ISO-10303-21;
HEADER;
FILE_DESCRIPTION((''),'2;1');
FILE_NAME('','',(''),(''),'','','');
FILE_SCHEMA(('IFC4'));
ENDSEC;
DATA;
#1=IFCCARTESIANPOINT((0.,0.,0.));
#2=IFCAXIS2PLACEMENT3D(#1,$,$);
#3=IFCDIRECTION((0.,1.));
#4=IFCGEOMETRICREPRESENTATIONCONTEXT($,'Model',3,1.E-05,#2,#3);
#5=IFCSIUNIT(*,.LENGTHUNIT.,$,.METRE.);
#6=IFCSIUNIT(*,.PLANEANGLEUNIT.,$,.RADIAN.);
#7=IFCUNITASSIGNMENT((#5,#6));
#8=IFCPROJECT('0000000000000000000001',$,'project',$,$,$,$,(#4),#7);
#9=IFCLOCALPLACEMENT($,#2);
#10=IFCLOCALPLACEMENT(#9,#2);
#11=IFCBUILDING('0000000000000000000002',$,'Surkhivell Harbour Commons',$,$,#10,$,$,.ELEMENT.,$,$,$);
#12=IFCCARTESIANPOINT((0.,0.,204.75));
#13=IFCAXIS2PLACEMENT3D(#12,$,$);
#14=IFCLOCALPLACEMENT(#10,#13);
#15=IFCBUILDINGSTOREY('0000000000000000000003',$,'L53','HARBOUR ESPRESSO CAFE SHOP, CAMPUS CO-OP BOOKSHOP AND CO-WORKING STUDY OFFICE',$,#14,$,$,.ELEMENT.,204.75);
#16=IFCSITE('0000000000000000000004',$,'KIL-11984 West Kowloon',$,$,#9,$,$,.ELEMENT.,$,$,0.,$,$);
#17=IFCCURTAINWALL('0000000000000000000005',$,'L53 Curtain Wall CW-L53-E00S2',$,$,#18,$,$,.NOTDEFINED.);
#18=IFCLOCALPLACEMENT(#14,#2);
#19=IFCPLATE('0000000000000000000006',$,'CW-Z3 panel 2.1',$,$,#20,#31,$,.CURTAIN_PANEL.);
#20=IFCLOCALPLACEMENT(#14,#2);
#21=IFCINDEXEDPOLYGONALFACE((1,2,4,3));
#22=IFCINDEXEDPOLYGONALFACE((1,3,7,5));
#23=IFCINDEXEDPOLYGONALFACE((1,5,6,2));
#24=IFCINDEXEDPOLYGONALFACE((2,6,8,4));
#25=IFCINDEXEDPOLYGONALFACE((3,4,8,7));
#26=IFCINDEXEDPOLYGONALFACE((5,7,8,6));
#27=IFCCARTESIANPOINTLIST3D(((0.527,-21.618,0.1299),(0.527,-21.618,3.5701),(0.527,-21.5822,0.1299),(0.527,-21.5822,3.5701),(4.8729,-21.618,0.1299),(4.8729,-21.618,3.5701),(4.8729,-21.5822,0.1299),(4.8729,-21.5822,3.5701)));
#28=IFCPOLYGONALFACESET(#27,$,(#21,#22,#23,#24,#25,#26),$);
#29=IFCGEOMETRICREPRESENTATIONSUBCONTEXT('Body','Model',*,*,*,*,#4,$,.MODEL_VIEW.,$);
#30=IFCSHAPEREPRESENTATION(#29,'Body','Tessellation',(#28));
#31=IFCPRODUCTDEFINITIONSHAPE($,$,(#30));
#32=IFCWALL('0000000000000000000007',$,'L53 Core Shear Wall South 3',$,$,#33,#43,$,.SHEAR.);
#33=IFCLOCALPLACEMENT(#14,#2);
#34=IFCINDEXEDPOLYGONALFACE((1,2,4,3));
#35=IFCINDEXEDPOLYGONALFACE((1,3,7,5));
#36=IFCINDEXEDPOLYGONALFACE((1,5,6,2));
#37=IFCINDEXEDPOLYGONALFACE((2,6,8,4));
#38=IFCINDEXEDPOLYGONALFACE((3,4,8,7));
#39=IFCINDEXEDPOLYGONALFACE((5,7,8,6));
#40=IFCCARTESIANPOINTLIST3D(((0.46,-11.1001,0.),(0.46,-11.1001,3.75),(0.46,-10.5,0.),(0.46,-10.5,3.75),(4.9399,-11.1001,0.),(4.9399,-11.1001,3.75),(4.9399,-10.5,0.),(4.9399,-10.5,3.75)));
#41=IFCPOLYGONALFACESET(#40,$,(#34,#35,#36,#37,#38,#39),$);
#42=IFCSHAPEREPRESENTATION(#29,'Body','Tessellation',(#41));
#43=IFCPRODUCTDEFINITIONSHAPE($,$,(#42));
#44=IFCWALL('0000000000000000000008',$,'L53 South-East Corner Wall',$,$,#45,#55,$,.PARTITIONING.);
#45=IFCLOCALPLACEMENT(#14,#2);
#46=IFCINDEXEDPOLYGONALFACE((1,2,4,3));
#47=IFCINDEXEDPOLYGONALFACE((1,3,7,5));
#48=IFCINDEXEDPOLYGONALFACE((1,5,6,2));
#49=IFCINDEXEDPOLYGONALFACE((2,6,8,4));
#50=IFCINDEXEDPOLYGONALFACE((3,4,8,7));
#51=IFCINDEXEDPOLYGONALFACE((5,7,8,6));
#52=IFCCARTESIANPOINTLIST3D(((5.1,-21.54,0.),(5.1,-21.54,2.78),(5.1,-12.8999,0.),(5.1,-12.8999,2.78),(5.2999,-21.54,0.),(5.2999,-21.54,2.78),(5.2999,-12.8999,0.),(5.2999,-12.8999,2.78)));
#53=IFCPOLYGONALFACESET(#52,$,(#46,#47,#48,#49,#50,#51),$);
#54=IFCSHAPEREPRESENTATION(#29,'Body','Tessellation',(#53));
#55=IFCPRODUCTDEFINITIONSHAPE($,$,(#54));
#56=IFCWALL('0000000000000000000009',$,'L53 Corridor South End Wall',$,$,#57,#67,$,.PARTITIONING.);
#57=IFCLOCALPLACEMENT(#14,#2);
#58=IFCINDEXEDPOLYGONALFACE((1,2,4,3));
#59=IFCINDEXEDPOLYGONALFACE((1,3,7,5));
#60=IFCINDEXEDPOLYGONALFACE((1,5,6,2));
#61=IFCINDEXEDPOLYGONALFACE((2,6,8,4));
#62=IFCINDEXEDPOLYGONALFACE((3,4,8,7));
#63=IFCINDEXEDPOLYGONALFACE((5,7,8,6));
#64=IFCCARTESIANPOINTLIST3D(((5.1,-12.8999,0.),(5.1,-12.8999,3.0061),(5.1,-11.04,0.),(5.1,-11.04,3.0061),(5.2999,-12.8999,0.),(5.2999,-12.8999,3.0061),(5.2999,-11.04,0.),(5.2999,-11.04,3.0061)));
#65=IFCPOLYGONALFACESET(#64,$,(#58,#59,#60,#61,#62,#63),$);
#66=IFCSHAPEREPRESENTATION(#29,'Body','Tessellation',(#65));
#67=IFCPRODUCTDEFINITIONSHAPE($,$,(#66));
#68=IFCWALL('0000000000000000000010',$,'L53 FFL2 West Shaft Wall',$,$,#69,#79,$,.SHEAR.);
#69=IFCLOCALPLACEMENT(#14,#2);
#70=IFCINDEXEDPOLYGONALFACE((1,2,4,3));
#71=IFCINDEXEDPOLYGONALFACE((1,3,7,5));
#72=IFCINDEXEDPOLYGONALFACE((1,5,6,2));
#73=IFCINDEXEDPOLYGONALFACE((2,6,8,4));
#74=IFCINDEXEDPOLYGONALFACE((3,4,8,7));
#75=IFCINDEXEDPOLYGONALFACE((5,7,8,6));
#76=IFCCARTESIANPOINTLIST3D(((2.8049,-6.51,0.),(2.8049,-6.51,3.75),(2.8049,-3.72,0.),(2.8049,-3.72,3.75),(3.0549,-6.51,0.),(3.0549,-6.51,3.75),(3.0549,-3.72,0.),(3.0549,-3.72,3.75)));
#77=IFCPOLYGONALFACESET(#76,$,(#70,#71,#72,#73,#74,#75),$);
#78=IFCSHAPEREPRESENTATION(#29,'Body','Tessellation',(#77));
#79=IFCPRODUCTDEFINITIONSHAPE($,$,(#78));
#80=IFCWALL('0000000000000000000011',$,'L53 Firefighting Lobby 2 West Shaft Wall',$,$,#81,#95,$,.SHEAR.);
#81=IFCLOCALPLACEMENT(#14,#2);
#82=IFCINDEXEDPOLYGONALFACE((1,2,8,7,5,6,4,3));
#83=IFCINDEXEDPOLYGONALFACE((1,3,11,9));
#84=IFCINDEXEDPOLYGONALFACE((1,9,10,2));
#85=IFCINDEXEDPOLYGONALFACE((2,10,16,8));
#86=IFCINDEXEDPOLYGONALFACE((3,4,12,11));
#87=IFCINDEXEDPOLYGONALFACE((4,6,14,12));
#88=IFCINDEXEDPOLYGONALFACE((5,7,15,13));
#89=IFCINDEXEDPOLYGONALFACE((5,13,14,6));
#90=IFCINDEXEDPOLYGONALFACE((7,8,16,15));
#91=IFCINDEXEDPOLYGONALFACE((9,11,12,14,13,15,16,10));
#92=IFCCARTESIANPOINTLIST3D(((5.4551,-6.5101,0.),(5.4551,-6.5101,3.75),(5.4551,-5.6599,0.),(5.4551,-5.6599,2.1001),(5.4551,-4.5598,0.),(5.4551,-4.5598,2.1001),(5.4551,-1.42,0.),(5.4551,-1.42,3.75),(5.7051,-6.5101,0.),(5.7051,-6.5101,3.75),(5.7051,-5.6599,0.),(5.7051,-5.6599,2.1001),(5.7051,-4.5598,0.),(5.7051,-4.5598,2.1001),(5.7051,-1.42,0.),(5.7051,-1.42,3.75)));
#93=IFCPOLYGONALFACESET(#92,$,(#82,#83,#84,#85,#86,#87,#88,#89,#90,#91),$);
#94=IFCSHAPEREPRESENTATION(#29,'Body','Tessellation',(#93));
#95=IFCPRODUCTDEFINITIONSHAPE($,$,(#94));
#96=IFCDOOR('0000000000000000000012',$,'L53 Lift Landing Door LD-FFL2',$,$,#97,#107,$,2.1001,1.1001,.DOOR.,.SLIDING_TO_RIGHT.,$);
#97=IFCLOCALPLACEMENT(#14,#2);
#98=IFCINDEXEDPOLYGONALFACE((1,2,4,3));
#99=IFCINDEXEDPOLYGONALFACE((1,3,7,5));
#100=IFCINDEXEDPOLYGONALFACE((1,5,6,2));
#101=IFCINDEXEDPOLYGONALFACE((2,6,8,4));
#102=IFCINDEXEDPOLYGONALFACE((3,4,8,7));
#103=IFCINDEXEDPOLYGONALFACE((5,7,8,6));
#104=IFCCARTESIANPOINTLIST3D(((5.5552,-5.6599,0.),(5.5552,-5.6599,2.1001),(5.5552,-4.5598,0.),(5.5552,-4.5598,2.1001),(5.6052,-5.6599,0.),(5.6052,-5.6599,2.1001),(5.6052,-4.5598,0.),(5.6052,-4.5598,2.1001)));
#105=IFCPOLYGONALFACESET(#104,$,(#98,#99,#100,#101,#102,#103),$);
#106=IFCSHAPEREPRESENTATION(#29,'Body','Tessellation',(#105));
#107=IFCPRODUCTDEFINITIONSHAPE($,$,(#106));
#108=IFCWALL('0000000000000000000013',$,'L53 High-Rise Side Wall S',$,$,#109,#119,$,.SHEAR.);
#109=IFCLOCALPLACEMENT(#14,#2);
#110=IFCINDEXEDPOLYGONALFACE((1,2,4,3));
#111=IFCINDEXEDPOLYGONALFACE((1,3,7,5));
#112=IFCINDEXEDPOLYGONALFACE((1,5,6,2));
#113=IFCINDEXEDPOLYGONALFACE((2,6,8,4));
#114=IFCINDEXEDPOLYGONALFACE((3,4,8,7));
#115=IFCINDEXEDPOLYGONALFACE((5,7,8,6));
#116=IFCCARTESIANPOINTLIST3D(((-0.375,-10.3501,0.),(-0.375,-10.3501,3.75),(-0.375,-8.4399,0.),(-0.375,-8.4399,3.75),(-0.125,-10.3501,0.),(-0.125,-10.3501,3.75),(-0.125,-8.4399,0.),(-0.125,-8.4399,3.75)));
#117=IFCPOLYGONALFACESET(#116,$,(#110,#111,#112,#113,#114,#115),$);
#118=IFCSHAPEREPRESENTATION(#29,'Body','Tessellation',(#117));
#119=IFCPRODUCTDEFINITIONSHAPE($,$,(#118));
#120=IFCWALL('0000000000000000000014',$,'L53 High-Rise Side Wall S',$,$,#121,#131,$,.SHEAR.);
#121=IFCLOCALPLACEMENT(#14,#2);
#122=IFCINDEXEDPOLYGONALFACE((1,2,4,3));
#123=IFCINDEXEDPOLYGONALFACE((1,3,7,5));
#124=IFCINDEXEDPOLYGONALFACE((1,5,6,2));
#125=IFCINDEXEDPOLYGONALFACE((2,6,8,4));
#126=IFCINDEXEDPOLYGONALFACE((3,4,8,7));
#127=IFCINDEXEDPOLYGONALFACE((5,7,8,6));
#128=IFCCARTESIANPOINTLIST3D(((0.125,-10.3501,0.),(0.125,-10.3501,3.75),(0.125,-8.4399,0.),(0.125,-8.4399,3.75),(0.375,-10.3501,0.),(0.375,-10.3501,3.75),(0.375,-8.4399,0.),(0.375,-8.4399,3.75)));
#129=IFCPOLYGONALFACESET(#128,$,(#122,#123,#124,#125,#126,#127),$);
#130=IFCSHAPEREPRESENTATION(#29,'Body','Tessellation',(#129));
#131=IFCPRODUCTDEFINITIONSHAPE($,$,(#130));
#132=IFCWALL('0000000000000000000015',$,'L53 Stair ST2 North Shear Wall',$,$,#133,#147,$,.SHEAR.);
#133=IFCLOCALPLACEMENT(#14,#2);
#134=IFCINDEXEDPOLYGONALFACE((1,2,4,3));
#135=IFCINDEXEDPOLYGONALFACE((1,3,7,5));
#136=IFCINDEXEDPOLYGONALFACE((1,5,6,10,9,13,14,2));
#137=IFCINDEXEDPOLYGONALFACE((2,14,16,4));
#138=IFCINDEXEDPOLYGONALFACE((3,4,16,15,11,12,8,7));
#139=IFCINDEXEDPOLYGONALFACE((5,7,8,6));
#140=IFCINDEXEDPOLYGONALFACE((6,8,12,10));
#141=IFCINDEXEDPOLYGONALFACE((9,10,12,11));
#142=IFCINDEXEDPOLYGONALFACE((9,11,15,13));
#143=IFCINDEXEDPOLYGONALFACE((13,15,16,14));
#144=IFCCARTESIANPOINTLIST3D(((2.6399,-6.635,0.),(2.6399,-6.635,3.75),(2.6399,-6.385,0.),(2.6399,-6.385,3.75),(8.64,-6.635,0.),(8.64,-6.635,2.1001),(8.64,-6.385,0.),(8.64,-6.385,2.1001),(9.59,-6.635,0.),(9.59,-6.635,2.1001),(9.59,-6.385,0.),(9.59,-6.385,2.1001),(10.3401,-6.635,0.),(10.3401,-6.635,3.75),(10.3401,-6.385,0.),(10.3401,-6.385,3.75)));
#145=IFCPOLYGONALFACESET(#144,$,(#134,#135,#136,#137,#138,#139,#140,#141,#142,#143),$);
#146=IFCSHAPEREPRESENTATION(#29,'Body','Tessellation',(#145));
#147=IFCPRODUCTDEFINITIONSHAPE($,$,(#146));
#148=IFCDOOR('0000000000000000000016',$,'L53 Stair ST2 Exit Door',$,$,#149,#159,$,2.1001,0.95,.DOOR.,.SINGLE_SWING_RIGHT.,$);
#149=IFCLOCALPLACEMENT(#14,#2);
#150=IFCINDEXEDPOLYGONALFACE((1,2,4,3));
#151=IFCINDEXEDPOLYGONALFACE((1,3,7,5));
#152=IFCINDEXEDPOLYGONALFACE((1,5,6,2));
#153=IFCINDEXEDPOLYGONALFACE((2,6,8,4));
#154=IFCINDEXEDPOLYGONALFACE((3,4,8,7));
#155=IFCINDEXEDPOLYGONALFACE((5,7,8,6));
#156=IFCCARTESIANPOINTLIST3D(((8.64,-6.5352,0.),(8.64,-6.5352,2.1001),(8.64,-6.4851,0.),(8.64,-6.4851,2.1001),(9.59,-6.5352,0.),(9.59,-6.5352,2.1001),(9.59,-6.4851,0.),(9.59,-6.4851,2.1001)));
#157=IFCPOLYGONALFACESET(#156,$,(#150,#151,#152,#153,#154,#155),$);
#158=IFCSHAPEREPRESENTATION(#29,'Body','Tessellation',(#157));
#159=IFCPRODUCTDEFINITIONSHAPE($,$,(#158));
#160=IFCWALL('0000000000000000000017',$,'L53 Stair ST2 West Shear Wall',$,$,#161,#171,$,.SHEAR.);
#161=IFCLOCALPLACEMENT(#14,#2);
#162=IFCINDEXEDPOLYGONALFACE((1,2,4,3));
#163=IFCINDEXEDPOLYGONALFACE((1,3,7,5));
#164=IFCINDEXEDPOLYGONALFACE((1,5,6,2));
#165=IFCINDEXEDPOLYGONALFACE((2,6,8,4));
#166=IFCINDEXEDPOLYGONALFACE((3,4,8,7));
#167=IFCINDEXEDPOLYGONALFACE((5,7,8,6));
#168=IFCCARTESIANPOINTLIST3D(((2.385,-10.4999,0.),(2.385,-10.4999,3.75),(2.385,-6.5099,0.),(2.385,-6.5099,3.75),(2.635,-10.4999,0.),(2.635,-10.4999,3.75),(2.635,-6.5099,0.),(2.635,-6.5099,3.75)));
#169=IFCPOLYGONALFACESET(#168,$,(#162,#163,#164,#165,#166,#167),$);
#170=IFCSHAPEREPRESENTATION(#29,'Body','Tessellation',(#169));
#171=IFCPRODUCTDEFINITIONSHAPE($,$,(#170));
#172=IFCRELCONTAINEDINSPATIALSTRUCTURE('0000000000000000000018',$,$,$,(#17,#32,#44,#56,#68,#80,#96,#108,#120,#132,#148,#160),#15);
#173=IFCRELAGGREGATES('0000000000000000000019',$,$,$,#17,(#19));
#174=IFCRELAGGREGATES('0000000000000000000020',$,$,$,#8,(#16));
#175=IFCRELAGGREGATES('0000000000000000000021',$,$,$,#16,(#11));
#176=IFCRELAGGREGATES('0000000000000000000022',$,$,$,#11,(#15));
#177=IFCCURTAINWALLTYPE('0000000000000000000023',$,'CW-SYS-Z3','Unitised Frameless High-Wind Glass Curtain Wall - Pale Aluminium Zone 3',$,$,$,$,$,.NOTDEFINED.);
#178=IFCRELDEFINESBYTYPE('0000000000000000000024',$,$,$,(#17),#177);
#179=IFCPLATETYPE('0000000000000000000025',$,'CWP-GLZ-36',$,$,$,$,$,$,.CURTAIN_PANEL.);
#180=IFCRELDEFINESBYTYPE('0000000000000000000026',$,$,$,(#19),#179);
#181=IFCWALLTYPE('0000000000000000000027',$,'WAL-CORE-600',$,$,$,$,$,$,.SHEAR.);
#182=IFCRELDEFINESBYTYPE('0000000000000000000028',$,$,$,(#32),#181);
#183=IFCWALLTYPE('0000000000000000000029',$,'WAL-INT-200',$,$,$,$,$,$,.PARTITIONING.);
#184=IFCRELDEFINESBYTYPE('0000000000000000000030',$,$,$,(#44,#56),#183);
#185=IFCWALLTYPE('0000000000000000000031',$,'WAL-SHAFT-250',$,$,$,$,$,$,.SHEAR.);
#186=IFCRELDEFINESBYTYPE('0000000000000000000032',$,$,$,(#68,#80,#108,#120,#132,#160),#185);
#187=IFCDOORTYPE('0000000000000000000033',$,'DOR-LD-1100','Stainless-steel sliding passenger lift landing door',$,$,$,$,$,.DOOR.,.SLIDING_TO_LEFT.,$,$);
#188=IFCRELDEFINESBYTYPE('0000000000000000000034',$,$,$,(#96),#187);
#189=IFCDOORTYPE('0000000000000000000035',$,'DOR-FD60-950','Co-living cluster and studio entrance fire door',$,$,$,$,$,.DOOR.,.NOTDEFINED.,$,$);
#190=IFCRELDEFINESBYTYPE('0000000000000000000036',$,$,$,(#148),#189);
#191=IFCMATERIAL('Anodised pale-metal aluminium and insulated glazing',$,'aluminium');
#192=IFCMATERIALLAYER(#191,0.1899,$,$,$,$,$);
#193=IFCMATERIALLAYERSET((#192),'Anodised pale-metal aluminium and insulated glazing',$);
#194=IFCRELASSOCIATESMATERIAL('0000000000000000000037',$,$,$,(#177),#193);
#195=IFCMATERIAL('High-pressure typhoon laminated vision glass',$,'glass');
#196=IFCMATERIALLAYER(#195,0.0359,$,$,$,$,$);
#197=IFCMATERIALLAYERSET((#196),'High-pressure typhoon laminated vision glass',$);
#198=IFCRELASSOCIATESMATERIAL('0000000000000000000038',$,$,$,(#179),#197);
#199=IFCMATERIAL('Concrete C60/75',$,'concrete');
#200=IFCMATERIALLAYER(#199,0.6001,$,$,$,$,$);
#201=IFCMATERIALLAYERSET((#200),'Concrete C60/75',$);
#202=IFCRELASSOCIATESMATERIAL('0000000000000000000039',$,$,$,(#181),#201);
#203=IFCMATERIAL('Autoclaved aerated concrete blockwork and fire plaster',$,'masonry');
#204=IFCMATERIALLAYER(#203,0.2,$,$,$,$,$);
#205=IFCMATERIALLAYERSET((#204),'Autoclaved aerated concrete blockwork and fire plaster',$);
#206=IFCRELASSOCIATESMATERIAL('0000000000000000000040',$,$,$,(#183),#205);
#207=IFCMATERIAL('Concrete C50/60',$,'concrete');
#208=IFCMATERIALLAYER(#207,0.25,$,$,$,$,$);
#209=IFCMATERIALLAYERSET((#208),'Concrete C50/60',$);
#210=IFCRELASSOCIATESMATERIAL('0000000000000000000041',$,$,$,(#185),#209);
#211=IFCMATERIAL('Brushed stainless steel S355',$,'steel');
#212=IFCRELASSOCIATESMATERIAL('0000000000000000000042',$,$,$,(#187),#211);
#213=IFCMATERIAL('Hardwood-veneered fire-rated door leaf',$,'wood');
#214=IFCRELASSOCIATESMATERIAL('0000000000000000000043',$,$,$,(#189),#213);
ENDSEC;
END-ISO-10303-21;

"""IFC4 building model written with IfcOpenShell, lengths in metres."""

from ifc_helpers import new_model, si_unit, direction, frame, frame_2d, origin, place, context, subcontext, project, spatial, rectangle, extrude, material, layer, layer_set, type_object, element, fill, aggregate, save


model = new_model("IFC4")

# Units and contexts
model_context = context("Model", 3, precision=1e-05, world=origin(), true_north=direction((0.0, 1.0)))
body_context = subcontext(model_context, "Body", "Model", "MODEL_VIEW")
ifc_project = project(units=[si_unit("LENGTHUNIT", "METRE"), si_unit("PLANEANGLEUNIT", "RADIAN")], contexts=[model_context])

# Site, building, storey
site_placement = place(None, origin())
site = spatial("IfcSite", under=ifc_project, at=site_placement, Name="KIL-11984 West Kowloon", CompositionType="ELEMENT", RefElevation=0.0)
building_placement = place(site_placement, origin())
building = spatial("IfcBuilding", under=site, at=building_placement, Name="Surkhivell Harbour Commons", CompositionType="ELEMENT")
storey_placement = place(building_placement, frame((0.0, 0.0, 204.75)))
storey = spatial("IfcBuildingStorey", under=building, at=storey_placement, Name="L53", Description="HARBOUR ESPRESSO CAFE SHOP, CAMPUS CO-OP BOOKSHOP AND CO-WORKING STUDY OFFICE", CompositionType="ELEMENT", Elevation=204.75)

# Shared definitions
ifc_material_1 = material(Name="Concrete C60/75", Category="concrete")

# Curtain wall, plate
ifc_material_2 = material(Name="Anodised pale-metal aluminium and insulated glazing", Category="aluminium")
ifc_layer_1 = layer(ifc_material_2, 0.1899)
ifc_layer_set_1 = layer_set([ifc_layer_1], Name="Anodised pale-metal aluminium and insulated glazing")
curtain_wall_type = type_object("IfcCurtainWallType", Name="CW-SYS-Z3", Description="Unitised Frameless High-Wind Glass Curtain Wall - Pale Aluminium Zone 3", PredefinedType="NOTDEFINED", material=ifc_layer_set_1)
curtain_wall_placement = place(storey_placement, origin())
curtain_wall = element("IfcCurtainWall", 1, at=curtain_wall_placement, inside=storey, type_object=curtain_wall_type, Name="L53 Curtain Wall CW-L53-E00S2", PredefinedType="NOTDEFINED")
ifc_material_3 = material(Name="High-pressure typhoon laminated vision glass", Category="glass")
ifc_layer_2 = layer(ifc_material_3, 0.0359)
ifc_layer_set_2 = layer_set([ifc_layer_2], Name="High-pressure typhoon laminated vision glass")
plate_type = type_object("IfcPlateType", Name="CWP-GLZ-36", PredefinedType="CURTAIN_PANEL", material=ifc_layer_set_2)
plate_placement = place(storey_placement, frame((0.5271, -21.6001, 0.1299), z_axis=(0.0, 0.0, 1.0), x_axis=(1.0, 0.0, 0.0)))
plate = element("IfcPlate", 2, at=plate_placement, type_object=plate_type, Name="CW-Z3 panel 2.1", PredefinedType="CURTAIN_PANEL", context=body_context, shape_type="SweptSolid", body=[
    extrude(rectangle(XDim=4.3459, YDim=0.0359, at=frame_2d((2.1729, 0.0))), origin(), (0.0, 0.0, 1.0), 3.4402),
])
aggregate(curtain_wall, [plate])

# Walls
ifc_layer_3 = layer(ifc_material_1, 0.6001)
ifc_layer_set_3 = layer_set([ifc_layer_3], Name="Concrete C60/75")
wall_type_1 = type_object("IfcWallType", Name="WAL-CORE-600", PredefinedType="SHEAR", material=ifc_layer_set_3)
wall_1_placement = place(storey_placement, frame((0.46, -10.8, 0.0), z_axis=(0.0, 0.0, 1.0), x_axis=(1.0, 0.0, 0.0)))
element("IfcWall", 3, at=wall_1_placement, inside=storey, type_object=wall_type_1, Name="L53 Core Shear Wall South 3", PredefinedType="SHEAR", context=body_context, shape_type="SweptSolid", body=[
    extrude(rectangle(XDim=4.48, YDim=0.6001, at=frame_2d((2.24, 0.0))), origin(), (0.0, 0.0, 1.0), 3.75),
])
ifc_material_4 = material(Name="Autoclaved aerated concrete blockwork and fire plaster", Category="masonry")
ifc_layer_4 = layer(ifc_material_4, 0.2)
ifc_layer_set_4 = layer_set([ifc_layer_4], Name="Autoclaved aerated concrete blockwork and fire plaster")
wall_type_2 = type_object("IfcWallType", Name="WAL-INT-200", PredefinedType="PARTITIONING", material=ifc_layer_set_4)
wall_2_placement = place(storey_placement, frame((5.2, -21.54, 0.0), z_axis=(0.0, 0.0, 1.0), x_axis=(0.0, 1.0, 0.0)))
element("IfcWall", 4, at=wall_2_placement, inside=storey, type_object=wall_type_2, Name="L53 South-East Corner Wall", PredefinedType="PARTITIONING", context=body_context, shape_type="SweptSolid", body=[
    extrude(rectangle(XDim=8.6401, YDim=0.2, at=frame_2d((4.3201, 0.0))), origin(), (0.0, 0.0, 1.0), 2.78),
])
wall_3_placement = place(storey_placement, frame((5.2, -12.8999, 0.0), z_axis=(0.0, 0.0, 1.0), x_axis=(0.0, 1.0, 0.0)))
element("IfcWall", 5, at=wall_3_placement, inside=storey, type_object=wall_type_2, Name="L53 Corridor South End Wall", PredefinedType="PARTITIONING", context=body_context, shape_type="SweptSolid", body=[
    extrude(rectangle(XDim=1.8599, YDim=0.2, at=frame_2d((0.9299, 0.0))), origin(), (0.0, 0.0, 1.0), 3.0061),
])
ifc_material_5 = material(Name="Concrete C50/60", Category="concrete")
ifc_layer_5 = layer(ifc_material_5, 0.25)
ifc_layer_set_5 = layer_set([ifc_layer_5], Name="Concrete C50/60")
wall_type_3 = type_object("IfcWallType", Name="WAL-SHAFT-250", PredefinedType="SHEAR", material=ifc_layer_set_5)
wall_4_placement = place(storey_placement, frame((2.9299, -6.51, 0.0), z_axis=(0.0, 0.0, 1.0), x_axis=(0.0, 1.0, 0.0)))
element("IfcWall", 6, at=wall_4_placement, inside=storey, type_object=wall_type_3, Name="L53 FFL2 West Shaft Wall", PredefinedType="SHEAR", context=body_context, shape_type="SweptSolid", body=[
    extrude(rectangle(XDim=2.79, YDim=0.25, at=frame_2d((1.395, 0.0))), origin(), (0.0, 0.0, 1.0), 3.75),
])

# Wall, opening, door
wall_5_placement = place(storey_placement, frame((5.5801, -6.51, 0.0), z_axis=(0.0, 0.0, 1.0), x_axis=(0.0, 1.0, 0.0)))
wall_5 = element("IfcWall", 7, at=wall_5_placement, inside=storey, type_object=wall_type_3, Name="L53 Firefighting Lobby 2 West Shaft Wall", PredefinedType="SHEAR", context=body_context, shape_type="SweptSolid", body=[
    extrude(rectangle(XDim=5.0901, YDim=0.25, at=frame_2d((2.5449, 0.0))), origin(), (0.0, 0.0, 1.0), 3.75),
])
opening_1_placement = place(wall_5_placement, frame((0.8501, 0.0, 0.0)))
opening_1 = element("IfcOpeningElement", 8, at=opening_1_placement, cuts=wall_5, PredefinedType="OPENING", context=body_context, shape_type="SweptSolid", body=[
    extrude(rectangle(XDim=1.1001, YDim=2.1001, at=frame_2d((0.55, 1.05))), frame((0.0, 0.135, 0.0), z_axis=(0.0, -1.0, 0.0), x_axis=(1.0, 0.0, 0.0)), (0.0, 0.0, 1.0), 0.27),
])
ifc_material_6 = material(Name="Brushed stainless steel S355", Category="steel")
door_type_1 = type_object("IfcDoorType", Name="DOR-LD-1100", Description="Stainless-steel sliding passenger lift landing door", OperationType="SLIDING_TO_LEFT", PredefinedType="DOOR", material=ifc_material_6)
door_1_placement = place(opening_1_placement, origin())
door_1 = element("IfcDoor", 9, at=door_1_placement, inside=storey, type_object=door_type_1, Name="L53 Lift Landing Door LD-FFL2", OperationType="SLIDING_TO_RIGHT", OverallHeight=2.1001, OverallWidth=1.1001, PredefinedType="DOOR", context=body_context, shape_type="SweptSolid", body=[
    extrude(rectangle(XDim=1.1001, YDim=2.1001, at=frame_2d((0.55, 1.05))), frame((0.0, 0.0249, 0.0), z_axis=(0.0, -1.0, 0.0), x_axis=(1.0, 0.0, 0.0)), (0.0, 0.0, 1.0), 0.05),
])
fill(opening_1, door_1)

# Walls
for number, where, z_axis, x_axis, name in (
    (10, (-0.25, -10.3501, 0.0), (0.0, 0.0, 1.0), (0.0, 1.0, 0.0), "L53 High-Rise Side Wall S"),
    (11, (0.25, -10.3501, 0.0), (0.0, 0.0, 1.0), (0.0, 1.0, 0.0), "L53 High-Rise Side Wall S"),
):
    element("IfcWall", number, at=place(storey_placement, frame(where, z_axis=z_axis, x_axis=x_axis)), inside=storey, type_object=wall_type_3, Name=name, PredefinedType="SHEAR", context=body_context, shape_type="SweptSolid", body=[
        extrude(rectangle(XDim=1.9102, YDim=0.25, at=frame_2d((0.9551, 0.0))), origin(), (0.0, 0.0, 1.0), 3.75),
    ])

# Wall, opening, door
wall_6_placement = place(storey_placement, frame((2.6399, -6.51, 0.0), z_axis=(0.0, 0.0, 1.0), x_axis=(1.0, 0.0, 0.0)))
wall_6 = element("IfcWall", 12, at=wall_6_placement, inside=storey, type_object=wall_type_3, Name="L53 Stair ST2 North Shear Wall", PredefinedType="SHEAR", context=body_context, shape_type="SweptSolid", body=[
    extrude(rectangle(XDim=7.7002, YDim=0.25, at=frame_2d((3.8501, 0.0))), origin(), (0.0, 0.0, 1.0), 3.75),
])
opening_2_placement = place(wall_6_placement, frame((6.0, 0.0, 0.0)))
opening_2 = element("IfcOpeningElement", 13, at=opening_2_placement, cuts=wall_6, PredefinedType="OPENING", context=body_context, shape_type="SweptSolid", body=[
    extrude(rectangle(XDim=0.95, YDim=2.1001, at=frame_2d((0.4751, 1.05))), frame((0.0, 0.135, 0.0), z_axis=(0.0, -1.0, 0.0), x_axis=(1.0, 0.0, 0.0)), (0.0, 0.0, 1.0), 0.27),
])
ifc_material_7 = material(Name="Hardwood-veneered fire-rated door leaf", Category="wood")
door_type_2 = type_object("IfcDoorType", Name="DOR-FD60-950", Description="Co-living cluster and studio entrance fire door", OperationType="NOTDEFINED", PredefinedType="DOOR", material=ifc_material_7)
door_2_placement = place(opening_2_placement, origin())
door_2 = element("IfcDoor", 14, at=door_2_placement, inside=storey, type_object=door_type_2, Name="L53 Stair ST2 Exit Door", OperationType="SINGLE_SWING_RIGHT", OverallHeight=2.1001, OverallWidth=0.95, PredefinedType="DOOR", context=body_context, shape_type="SweptSolid", body=[
    extrude(rectangle(XDim=0.95, YDim=2.1001, at=frame_2d((0.4751, 1.05))), frame((0.0, 0.0249, 0.0), z_axis=(0.0, -1.0, 0.0), x_axis=(1.0, 0.0, 0.0)), (0.0, 0.0, 1.0), 0.05),
])
fill(opening_2, door_2)

# Wall
wall_7_placement = place(storey_placement, frame((2.51, -10.5, 0.0), z_axis=(0.0, 0.0, 1.0), x_axis=(0.0, 1.0, 0.0)))
element("IfcWall", 15, at=wall_7_placement, inside=storey, type_object=wall_type_3, Name="L53 Stair ST2 West Shear Wall", PredefinedType="SHEAR", context=body_context, shape_type="SweptSolid", body=[
    extrude(rectangle(XDim=3.99, YDim=0.25, at=frame_2d((1.9951, 0.0))), origin(), (0.0, 0.0, 1.0), 3.75),
])

save(model, "model.ifc")
